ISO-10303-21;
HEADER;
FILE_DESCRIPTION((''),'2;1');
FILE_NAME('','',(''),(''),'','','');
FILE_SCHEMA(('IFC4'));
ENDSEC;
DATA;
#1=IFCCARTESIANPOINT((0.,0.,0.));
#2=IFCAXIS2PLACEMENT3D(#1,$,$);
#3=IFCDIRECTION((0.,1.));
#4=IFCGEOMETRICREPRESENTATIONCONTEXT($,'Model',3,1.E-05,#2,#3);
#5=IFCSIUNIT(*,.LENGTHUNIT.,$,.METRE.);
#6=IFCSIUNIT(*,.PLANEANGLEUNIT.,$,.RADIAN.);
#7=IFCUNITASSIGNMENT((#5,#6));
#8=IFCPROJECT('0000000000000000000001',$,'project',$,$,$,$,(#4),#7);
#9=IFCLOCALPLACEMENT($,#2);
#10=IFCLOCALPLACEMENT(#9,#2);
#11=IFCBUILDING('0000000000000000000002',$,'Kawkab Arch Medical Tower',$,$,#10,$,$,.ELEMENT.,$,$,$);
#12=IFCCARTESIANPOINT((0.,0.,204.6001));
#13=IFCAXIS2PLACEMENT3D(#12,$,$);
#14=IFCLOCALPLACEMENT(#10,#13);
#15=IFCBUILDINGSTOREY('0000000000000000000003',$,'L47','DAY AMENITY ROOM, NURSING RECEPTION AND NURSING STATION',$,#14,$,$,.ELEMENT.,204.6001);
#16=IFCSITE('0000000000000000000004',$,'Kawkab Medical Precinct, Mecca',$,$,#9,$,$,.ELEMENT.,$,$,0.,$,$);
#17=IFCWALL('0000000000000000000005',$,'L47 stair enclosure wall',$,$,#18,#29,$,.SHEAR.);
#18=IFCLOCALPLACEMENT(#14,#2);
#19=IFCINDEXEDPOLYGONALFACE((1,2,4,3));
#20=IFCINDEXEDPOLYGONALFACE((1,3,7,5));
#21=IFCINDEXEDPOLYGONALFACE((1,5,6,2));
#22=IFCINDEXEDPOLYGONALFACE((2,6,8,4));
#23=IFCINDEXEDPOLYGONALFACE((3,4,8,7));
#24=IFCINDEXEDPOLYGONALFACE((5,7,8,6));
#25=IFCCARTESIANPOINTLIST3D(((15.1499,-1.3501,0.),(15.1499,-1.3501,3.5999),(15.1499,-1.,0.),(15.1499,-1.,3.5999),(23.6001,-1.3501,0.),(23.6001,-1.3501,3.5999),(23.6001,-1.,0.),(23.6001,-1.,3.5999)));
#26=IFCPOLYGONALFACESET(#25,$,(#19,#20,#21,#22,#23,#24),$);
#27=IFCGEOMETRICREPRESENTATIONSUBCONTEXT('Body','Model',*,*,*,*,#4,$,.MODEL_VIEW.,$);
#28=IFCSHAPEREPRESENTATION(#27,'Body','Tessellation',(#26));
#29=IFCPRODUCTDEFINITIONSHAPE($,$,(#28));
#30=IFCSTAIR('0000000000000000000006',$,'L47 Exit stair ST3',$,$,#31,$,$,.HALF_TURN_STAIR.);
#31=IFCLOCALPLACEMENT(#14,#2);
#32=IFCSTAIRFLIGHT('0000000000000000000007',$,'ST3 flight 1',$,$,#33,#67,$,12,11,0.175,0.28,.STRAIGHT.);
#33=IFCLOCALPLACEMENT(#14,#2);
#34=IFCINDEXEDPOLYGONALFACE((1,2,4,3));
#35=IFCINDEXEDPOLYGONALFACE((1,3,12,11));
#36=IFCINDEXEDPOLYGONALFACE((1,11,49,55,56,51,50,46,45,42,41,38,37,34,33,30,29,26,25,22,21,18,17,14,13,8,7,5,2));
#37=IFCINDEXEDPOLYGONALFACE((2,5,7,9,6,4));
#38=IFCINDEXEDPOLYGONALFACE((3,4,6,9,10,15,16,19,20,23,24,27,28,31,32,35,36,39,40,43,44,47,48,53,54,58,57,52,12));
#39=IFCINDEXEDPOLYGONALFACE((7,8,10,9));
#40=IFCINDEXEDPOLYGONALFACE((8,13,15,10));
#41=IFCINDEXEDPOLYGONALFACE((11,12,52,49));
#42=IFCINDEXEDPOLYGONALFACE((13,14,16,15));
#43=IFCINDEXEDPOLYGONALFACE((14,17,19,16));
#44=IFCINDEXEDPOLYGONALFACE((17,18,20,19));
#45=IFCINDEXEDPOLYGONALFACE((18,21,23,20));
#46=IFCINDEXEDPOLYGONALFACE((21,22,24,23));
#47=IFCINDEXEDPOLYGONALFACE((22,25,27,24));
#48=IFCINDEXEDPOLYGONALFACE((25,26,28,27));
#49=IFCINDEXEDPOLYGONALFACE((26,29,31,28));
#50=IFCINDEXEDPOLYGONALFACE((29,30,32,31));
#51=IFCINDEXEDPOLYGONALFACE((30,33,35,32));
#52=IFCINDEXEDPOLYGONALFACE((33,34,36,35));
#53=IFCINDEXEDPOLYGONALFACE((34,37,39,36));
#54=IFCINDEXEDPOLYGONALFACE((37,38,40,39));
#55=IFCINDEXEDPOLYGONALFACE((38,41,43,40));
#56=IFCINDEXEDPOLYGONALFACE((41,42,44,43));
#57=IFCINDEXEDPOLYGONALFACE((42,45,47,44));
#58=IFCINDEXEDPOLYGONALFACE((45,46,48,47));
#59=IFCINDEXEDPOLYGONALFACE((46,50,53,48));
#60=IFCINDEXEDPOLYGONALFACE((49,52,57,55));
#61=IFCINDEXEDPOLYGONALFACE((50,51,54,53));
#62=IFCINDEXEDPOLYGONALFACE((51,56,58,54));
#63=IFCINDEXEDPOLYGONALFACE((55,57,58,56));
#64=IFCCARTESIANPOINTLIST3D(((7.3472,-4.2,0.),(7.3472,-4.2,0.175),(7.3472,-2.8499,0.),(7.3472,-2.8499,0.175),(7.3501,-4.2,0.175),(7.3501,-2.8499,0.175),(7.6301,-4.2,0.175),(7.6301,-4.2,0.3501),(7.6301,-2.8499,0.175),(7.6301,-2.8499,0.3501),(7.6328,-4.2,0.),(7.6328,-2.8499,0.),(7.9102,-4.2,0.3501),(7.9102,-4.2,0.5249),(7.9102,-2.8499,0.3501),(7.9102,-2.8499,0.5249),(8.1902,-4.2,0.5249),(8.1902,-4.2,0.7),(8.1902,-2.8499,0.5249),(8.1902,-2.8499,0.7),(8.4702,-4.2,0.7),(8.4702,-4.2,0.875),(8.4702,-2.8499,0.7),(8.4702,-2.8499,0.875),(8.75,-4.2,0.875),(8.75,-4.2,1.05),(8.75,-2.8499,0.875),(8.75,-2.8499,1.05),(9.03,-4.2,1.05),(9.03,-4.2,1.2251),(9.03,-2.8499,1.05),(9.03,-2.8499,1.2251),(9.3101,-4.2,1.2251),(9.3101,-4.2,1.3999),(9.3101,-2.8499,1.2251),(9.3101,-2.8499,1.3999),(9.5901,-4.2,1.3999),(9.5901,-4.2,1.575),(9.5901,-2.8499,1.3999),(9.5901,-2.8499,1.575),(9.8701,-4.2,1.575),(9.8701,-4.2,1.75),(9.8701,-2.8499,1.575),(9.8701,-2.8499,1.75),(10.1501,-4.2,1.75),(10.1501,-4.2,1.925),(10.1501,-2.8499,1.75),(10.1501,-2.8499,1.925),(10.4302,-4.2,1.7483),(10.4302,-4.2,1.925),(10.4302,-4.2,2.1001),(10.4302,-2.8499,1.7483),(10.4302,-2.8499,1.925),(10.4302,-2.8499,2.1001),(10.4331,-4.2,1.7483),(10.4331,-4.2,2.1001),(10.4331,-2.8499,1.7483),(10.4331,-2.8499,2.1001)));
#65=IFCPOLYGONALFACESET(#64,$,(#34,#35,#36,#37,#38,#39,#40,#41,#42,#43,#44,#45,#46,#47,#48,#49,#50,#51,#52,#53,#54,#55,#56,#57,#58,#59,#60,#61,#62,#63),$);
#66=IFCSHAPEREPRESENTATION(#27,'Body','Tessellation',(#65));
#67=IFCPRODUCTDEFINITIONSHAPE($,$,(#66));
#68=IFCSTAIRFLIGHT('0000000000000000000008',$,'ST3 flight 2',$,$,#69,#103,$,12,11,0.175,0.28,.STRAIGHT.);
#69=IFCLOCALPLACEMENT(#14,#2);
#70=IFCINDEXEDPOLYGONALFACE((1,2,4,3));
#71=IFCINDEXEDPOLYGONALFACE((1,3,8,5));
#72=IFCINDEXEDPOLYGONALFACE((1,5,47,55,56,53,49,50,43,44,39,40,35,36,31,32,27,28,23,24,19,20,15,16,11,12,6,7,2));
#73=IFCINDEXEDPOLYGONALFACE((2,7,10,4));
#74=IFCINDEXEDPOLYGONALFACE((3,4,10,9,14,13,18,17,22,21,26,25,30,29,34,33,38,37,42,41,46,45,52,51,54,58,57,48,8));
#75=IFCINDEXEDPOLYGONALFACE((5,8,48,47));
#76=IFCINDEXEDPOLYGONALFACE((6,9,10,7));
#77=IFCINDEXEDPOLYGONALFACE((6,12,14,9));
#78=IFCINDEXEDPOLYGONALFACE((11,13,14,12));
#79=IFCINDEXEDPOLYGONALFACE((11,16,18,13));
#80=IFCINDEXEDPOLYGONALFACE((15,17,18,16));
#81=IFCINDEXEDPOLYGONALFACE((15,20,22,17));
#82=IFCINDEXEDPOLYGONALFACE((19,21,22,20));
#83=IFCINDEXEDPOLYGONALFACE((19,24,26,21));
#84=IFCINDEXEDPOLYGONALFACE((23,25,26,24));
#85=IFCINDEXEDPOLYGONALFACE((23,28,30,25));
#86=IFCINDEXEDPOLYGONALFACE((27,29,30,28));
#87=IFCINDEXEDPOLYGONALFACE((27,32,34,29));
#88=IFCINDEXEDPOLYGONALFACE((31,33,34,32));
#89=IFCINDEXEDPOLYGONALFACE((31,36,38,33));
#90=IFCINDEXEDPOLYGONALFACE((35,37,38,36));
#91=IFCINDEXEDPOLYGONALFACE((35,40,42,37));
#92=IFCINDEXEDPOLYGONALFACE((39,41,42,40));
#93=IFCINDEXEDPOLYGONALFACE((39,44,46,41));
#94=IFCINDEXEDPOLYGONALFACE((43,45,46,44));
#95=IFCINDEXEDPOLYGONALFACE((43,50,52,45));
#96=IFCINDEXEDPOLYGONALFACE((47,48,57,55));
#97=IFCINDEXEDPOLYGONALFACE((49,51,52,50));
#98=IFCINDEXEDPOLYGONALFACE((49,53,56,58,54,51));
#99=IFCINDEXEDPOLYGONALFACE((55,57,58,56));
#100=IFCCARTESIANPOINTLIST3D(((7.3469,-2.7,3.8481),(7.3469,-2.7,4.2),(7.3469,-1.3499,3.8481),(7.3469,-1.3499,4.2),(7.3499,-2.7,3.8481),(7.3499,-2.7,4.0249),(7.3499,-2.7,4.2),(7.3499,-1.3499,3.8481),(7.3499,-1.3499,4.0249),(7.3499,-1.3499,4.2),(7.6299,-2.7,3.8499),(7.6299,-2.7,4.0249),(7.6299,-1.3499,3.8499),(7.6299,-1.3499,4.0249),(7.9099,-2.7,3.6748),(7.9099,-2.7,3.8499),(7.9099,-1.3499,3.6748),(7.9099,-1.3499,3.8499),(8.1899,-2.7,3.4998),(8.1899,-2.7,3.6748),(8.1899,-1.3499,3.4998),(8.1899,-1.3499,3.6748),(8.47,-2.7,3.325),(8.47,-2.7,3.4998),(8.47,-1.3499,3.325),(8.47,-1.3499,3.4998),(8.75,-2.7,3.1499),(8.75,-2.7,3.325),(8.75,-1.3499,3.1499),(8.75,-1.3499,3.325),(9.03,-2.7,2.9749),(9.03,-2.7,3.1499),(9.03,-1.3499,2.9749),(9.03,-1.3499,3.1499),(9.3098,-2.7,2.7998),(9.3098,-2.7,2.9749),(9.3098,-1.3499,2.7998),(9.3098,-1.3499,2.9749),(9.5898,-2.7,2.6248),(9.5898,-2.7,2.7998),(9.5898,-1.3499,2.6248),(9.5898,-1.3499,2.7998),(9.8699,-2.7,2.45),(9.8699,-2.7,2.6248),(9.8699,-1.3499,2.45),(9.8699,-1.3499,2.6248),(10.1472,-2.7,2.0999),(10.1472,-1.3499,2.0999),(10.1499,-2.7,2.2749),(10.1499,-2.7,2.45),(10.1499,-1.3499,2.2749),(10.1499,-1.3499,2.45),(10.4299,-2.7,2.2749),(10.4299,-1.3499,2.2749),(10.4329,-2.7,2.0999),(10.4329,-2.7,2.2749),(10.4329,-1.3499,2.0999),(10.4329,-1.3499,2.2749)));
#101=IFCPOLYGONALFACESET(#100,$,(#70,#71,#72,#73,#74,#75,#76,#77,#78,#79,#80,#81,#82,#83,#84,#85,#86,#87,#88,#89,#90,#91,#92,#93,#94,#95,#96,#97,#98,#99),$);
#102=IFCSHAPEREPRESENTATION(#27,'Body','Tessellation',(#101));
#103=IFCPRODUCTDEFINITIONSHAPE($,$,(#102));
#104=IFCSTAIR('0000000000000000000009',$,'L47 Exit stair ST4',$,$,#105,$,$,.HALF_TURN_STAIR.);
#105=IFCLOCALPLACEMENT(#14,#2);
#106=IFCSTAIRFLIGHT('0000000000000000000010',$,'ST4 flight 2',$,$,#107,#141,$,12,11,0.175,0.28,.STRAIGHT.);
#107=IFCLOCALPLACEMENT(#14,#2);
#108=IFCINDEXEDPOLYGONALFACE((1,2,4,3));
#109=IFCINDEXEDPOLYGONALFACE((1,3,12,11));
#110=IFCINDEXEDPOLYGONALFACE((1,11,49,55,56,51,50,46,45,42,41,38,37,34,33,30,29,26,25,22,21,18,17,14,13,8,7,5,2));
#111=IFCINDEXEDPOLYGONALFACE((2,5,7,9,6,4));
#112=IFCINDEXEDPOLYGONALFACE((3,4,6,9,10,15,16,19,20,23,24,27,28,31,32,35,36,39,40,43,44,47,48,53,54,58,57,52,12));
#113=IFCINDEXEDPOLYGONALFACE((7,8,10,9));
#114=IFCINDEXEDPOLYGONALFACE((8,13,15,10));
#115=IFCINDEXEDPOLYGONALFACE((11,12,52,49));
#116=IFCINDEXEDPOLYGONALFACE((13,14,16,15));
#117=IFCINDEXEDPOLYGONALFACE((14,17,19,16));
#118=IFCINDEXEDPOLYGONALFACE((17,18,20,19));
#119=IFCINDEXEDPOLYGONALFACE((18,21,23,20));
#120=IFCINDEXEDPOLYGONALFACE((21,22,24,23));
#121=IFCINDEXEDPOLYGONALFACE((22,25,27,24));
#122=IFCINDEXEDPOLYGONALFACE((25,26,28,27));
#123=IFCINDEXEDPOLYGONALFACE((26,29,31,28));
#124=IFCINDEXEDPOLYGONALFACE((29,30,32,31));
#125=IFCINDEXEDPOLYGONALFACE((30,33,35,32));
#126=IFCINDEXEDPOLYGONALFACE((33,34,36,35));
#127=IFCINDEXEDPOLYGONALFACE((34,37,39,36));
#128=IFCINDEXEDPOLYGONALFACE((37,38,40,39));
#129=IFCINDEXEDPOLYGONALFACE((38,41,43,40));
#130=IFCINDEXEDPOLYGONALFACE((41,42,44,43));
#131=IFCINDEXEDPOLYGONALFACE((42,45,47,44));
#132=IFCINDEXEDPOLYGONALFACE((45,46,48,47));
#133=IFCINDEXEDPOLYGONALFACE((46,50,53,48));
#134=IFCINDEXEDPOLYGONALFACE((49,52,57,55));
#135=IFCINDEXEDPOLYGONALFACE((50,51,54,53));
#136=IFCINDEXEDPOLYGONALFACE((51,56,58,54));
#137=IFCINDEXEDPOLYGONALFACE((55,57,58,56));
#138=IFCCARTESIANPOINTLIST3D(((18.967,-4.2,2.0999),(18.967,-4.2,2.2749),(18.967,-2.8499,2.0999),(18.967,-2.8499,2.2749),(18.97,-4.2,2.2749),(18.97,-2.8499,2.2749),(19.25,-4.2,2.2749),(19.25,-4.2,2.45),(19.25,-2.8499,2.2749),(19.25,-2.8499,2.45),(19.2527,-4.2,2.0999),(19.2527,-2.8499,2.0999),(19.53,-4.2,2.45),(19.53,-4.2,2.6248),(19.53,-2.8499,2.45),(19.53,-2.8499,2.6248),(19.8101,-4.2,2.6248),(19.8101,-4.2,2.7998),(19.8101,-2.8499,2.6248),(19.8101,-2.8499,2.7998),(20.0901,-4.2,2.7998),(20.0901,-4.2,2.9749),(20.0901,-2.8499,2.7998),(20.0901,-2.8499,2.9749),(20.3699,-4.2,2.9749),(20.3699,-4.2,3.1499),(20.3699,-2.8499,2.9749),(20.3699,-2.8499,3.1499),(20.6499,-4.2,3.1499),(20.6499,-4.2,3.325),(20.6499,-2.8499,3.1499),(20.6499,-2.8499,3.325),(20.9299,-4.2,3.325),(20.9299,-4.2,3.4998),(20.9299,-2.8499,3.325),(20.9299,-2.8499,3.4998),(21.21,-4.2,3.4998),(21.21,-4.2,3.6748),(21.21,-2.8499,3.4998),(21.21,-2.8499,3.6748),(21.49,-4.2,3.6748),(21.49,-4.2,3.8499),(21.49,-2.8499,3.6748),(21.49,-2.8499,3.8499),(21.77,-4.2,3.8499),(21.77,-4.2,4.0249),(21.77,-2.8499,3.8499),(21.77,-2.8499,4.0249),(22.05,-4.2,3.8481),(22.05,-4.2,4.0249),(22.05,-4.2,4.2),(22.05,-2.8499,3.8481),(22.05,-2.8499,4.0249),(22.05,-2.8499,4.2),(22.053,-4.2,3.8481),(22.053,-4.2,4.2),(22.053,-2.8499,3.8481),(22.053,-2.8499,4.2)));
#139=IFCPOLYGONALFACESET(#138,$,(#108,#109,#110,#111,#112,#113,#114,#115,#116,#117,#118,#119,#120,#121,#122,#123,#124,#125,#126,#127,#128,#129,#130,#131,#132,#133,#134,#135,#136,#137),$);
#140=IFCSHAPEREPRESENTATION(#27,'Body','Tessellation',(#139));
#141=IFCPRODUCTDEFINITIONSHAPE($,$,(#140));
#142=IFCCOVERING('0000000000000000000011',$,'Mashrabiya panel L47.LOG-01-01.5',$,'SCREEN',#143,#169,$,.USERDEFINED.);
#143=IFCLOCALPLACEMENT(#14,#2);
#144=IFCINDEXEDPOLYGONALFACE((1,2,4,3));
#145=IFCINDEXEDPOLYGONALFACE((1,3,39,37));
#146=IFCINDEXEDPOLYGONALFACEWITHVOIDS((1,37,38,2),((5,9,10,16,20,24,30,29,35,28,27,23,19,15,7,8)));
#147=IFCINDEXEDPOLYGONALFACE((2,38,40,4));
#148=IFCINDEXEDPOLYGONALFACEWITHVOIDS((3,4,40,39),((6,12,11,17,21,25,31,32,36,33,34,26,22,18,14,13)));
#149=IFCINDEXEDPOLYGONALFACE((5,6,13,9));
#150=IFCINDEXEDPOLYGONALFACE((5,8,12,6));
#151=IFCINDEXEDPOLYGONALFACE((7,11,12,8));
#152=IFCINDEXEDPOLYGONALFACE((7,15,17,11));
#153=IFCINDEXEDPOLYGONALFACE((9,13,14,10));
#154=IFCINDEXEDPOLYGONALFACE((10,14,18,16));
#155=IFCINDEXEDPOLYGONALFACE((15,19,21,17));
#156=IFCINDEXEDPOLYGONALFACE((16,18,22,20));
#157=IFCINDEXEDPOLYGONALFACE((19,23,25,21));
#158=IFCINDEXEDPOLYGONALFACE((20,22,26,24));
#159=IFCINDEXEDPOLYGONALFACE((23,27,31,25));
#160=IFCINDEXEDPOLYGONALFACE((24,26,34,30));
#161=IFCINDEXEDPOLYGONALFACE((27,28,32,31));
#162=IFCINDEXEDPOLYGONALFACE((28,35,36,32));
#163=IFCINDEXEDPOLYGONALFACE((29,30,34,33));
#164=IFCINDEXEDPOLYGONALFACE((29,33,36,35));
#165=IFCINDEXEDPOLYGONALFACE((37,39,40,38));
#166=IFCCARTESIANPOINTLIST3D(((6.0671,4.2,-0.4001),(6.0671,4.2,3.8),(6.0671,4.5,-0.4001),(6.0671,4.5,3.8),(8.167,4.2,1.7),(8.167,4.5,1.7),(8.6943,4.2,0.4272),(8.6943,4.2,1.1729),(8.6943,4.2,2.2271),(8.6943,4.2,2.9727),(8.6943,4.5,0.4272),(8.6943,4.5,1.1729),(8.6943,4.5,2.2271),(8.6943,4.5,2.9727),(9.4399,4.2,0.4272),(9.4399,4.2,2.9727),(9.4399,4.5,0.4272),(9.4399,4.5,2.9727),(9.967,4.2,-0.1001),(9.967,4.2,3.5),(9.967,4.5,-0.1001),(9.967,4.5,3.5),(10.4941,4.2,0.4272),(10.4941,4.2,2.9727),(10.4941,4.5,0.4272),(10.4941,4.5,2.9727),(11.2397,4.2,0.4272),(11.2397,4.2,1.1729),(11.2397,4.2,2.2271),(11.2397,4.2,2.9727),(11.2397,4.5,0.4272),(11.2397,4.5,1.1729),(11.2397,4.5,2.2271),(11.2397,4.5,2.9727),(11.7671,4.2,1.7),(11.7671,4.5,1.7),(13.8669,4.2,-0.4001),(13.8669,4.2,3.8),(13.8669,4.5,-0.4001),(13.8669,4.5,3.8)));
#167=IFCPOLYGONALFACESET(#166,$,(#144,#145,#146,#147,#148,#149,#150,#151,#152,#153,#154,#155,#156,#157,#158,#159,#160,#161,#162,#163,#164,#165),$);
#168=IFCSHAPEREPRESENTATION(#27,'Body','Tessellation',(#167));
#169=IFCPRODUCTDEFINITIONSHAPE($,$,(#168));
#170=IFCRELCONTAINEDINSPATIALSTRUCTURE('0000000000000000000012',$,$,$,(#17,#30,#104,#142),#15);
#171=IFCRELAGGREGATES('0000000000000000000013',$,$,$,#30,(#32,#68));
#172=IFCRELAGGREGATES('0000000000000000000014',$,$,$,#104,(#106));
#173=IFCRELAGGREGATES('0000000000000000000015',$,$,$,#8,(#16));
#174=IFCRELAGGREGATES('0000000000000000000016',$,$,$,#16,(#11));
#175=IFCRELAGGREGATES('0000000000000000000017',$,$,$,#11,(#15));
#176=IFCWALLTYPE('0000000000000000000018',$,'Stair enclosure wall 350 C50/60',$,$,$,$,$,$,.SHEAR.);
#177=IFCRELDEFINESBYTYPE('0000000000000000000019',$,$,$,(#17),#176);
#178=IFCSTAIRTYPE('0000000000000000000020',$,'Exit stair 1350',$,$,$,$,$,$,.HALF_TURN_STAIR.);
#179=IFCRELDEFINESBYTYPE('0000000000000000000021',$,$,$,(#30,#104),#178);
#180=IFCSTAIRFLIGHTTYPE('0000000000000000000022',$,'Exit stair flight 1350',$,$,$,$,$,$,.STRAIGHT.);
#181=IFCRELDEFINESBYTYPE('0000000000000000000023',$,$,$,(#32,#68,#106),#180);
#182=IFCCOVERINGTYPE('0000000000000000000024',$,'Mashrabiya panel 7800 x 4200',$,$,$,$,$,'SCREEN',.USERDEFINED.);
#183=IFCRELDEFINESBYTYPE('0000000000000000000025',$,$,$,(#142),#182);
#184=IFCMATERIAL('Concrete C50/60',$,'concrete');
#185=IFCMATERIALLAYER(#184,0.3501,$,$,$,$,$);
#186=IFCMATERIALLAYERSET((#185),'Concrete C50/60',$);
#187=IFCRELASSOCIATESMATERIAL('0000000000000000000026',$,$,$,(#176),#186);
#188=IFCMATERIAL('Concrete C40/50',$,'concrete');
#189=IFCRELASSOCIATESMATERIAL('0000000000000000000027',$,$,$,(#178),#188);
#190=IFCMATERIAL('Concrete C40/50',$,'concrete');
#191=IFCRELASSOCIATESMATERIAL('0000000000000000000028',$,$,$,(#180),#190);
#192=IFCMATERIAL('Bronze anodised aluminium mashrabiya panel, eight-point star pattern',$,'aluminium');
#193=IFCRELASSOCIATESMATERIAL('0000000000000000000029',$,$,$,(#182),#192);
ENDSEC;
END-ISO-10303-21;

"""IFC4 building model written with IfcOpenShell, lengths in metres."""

from ifc_helpers import new_model, si_unit, direction, frame, frame_2d, origin, place, context, subcontext, project, spatial, polyline, rectangle, outline, extrude, material, layer, layer_set, material_profile, profile_set, type_object, element, aggregate, save


model = new_model("IFC4")

# Units and contexts
model_context = context("Model", 3, precision=1e-05, world=origin(), true_north=direction((0.0, 1.0)))
body_context = subcontext(model_context, "Body", "Model", "MODEL_VIEW")
ifc_project = project(units=[si_unit("LENGTHUNIT", "METRE"), si_unit("PLANEANGLEUNIT", "RADIAN")], contexts=[model_context])

# Site, building, storey
site_placement = place(None, origin())
site = spatial("IfcSite", under=ifc_project, at=site_placement, Name="Kawkab Medical Precinct, Mecca", CompositionType="ELEMENT", RefElevation=0.0)
building_placement = place(site_placement, origin())
building = spatial("IfcBuilding", under=site, at=building_placement, Name="Kawkab Arch Medical Tower", CompositionType="ELEMENT")
storey_placement = place(building_placement, frame((0.0, 0.0, 204.6001)))
storey = spatial("IfcBuildingStorey", under=building, at=storey_placement, Name="L47", Description="DAY AMENITY ROOM, NURSING RECEPTION AND NURSING STATION", CompositionType="ELEMENT", Elevation=204.6001)

# Shared definitions
placement = place(storey_placement, origin())

# Wall
ifc_material_1 = material(Name="Concrete C50/60", Category="concrete")
ifc_layer_1 = layer(ifc_material_1, 0.3501)
ifc_layer_set_1 = layer_set([ifc_layer_1], Name="Concrete C50/60")
wall_type_1 = type_object("IfcWallType", Name="Stair enclosure wall 350 C50/60", PredefinedType="SHEAR", material=ifc_layer_set_1)
wall_placement = place(storey_placement, frame((15.1499, -1.175, 0.0), z_axis=(0.0, 0.0, 1.0), x_axis=(1.0, 0.0, 0.0)))
element("IfcWall", 1, at=wall_placement, inside=storey, type_object=wall_type_1, Name="L47 stair enclosure wall", PredefinedType="SHEAR", context=body_context, shape_type="SweptSolid", body=[
    extrude(rectangle(XDim=8.4502, YDim=0.3501, at=frame_2d((4.2251, 0.0))), origin(), (0.0, 0.0, 1.0), 3.5999),
])

# Stair, stair flights
ifc_material_2 = material(Name="Concrete C40/50", Category="concrete")
stair_type = type_object("IfcStairType", Name="Exit stair 1350", PredefinedType="HALF_TURN_STAIR", material=ifc_material_2)
stair_1 = element("IfcStair", 2, at=placement, inside=storey, type_object=stair_type, Name="L47 Exit stair ST3", PredefinedType="HALF_TURN_STAIR")
ifc_material_3 = material(Name="Concrete C40/50", Category="concrete")
stair_flight_type = type_object("IfcStairFlightType", Name="Exit stair flight 1350", PredefinedType="STRAIGHT", material=ifc_material_3)
stair_flight_1_placement = place(storey_placement, frame((7.3501, -3.5249, 0.0), z_axis=(0.0, 0.0, 1.0), x_axis=(1.0, 0.0, 0.0)))
stair_flight_1 = element("IfcStairFlight", 3, at=stair_flight_1_placement, type_object=stair_flight_type, Name="ST3 flight 1", NumberOfRisers=12, NumberOfTreads=11, PredefinedType="STRAIGHT", RiserHeight=0.175, TreadLength=0.28, context=body_context, shape_type="SweptSolid", body=[
    extrude(outline(polyline([(-0.0029, 0.0), (-0.0029, 0.175), (0.0, 0.175), (0.28, 0.175), (0.28, 0.3501), (0.5601, 0.3501), (0.5601, 0.5249), (0.8401, 0.5249), (0.8401, 0.7), (1.1201, 0.7), (1.1201, 0.875), (1.3999, 0.875), (1.3999, 1.05), (1.6799, 1.05), (1.6799, 1.2251), (1.96, 1.2251), (1.96, 1.3999), (2.24, 1.3999), (2.24, 1.575), (2.52, 1.575), (2.52, 1.75), (2.8, 1.75), (2.8, 1.925), (3.0801, 1.925), (3.0801, 2.1001), (3.083, 2.1001), (3.083, 1.7483), (3.0801, 1.7483), (0.2827, 0.0), (-0.0029, 0.0)])), frame((0.0, 0.675, 0.0), z_axis=(0.0, -1.0, 0.0), x_axis=(1.0, 0.0, 0.0)), (0.0, 0.0, 1.0), 1.3501),
])
stair_flight_2_placement = place(storey_placement, frame((10.4299, -2.0249, 2.0999), z_axis=(0.0, 0.0, 1.0), x_axis=(-1.0, 0.0, 0.0)))
stair_flight_2 = element("IfcStairFlight", 4, at=stair_flight_2_placement, type_object=stair_flight_type, Name="ST3 flight 2", NumberOfRisers=12, NumberOfTreads=11, PredefinedType="STRAIGHT", RiserHeight=0.175, TreadLength=0.28, context=body_context, shape_type="SweptSolid", body=[
    extrude(outline(polyline([(-0.0029, 0.0), (-0.0029, 0.175), (0.0, 0.175), (0.28, 0.175), (0.28, 0.3501), (0.5601, 0.3501), (0.5601, 0.5249), (0.8401, 0.5249), (0.8401, 0.7), (1.1201, 0.7), (1.1201, 0.875), (1.3999, 0.875), (1.3999, 1.05), (1.6799, 1.05), (1.6799, 1.2251), (1.96, 1.2251), (1.96, 1.3999), (2.24, 1.3999), (2.24, 1.575), (2.52, 1.575), (2.52, 1.75), (2.8, 1.75), (2.8, 1.925), (3.0801, 1.925), (3.0801, 2.1001), (3.083, 2.1001), (3.083, 1.7483), (3.0801, 1.7483), (0.2827, 0.0), (-0.0029, 0.0)])), frame((0.0, 0.675, 0.0), z_axis=(0.0, -1.0, 0.0), x_axis=(1.0, 0.0, 0.0)), (0.0, 0.0, 1.0), 1.3501),
])
aggregate(stair_1, [stair_flight_1, stair_flight_2])

# Stair, stair flight
stair_2 = element("IfcStair", 5, at=placement, inside=storey, type_object=stair_type, Name="L47 Exit stair ST4", PredefinedType="HALF_TURN_STAIR")
stair_flight_3_placement = place(storey_placement, frame((18.97, -3.5249, 2.0999), z_axis=(0.0, 0.0, 1.0), x_axis=(1.0, 0.0, 0.0)))
stair_flight_3 = element("IfcStairFlight", 6, at=stair_flight_3_placement, type_object=stair_flight_type, Name="ST4 flight 2", NumberOfRisers=12, NumberOfTreads=11, PredefinedType="STRAIGHT", RiserHeight=0.175, TreadLength=0.28, context=body_context, shape_type="SweptSolid", body=[
    extrude(outline(polyline([(-0.0029, 0.0), (-0.0029, 0.175), (0.0, 0.175), (0.28, 0.175), (0.28, 0.3501), (0.5601, 0.3501), (0.5601, 0.5249), (0.8401, 0.5249), (0.8401, 0.7), (1.1201, 0.7), (1.1201, 0.875), (1.3999, 0.875), (1.3999, 1.05), (1.6799, 1.05), (1.6799, 1.2251), (1.96, 1.2251), (1.96, 1.3999), (2.24, 1.3999), (2.24, 1.575), (2.52, 1.575), (2.52, 1.75), (2.8, 1.75), (2.8, 1.925), (3.0801, 1.925), (3.0801, 2.1001), (3.083, 2.1001), (3.083, 1.7483), (3.0801, 1.7483), (0.2827, 0.0), (-0.0029, 0.0)])), frame((0.0, 0.675, 0.0), z_axis=(0.0, -1.0, 0.0), x_axis=(1.0, 0.0, 0.0)), (0.0, 0.0, 1.0), 1.3501),
])
aggregate(stair_2, [stair_flight_3])

# Covering
ifc_material_4 = material(Name="Bronze anodised aluminium mashrabiya panel, eight-point star pattern", Category="aluminium")
ifc_material_profile_1 = material_profile(ifc_material_4, outline(polyline([(-3.8999, -2.1001), (3.8999, -2.1001), (3.8999, 2.1001), (-3.8999, 2.1001), (-3.8999, -2.1001)]), holes=[polyline([(1.8, 0.0), (1.2727, 0.5271), (1.2727, 1.2727), (0.5271, 1.2727), (0.0, 1.8), (-0.5271, 1.2727), (-1.2727, 1.2727), (-1.2727, 0.5271), (-1.8, 0.0), (-1.2727, -0.5271), (-1.2727, -1.2727), (-0.5271, -1.2727), (0.0, -1.8), (0.5271, -1.2727), (1.2727, -1.2727), (1.2727, -0.5271), (1.8, 0.0)])]), Name="Mashrabiya panel 7800x4200")
ifc_profile_set_1 = profile_set([ifc_material_profile_1], Name="Bronze anodised aluminium mashrabiya panel, eight-point star pattern")
covering_type_1 = type_object("IfcCoveringType", Name="Mashrabiya panel 7800 x 4200", ElementType="SCREEN", PredefinedType="USERDEFINED", material=ifc_profile_set_1)
covering_1_placement = place(storey_placement, frame((9.967, 4.2, 1.7), z_axis=(0.0, 1.0, 0.0), x_axis=(-1.0, 0.0, 0.0)))
element("IfcCovering", 7, at=covering_1_placement, inside=storey, type_object=covering_type_1, Name="Mashrabiya panel L47.LOG-01-01.5", ObjectType="SCREEN", PredefinedType="USERDEFINED", context=body_context, shape_type="SweptSolid", body=[
    extrude(outline(polyline([(-3.8999, -2.1001), (3.8999, -2.1001), (3.8999, 2.1001), (-3.8999, 2.1001), (-3.8999, -2.1001)]), holes=[polyline([(1.8, 0.0), (1.2727, 0.5271), (1.2727, 1.2727), (0.5271, 1.2727), (0.0, 1.8), (-0.5271, 1.2727), (-1.2727, 1.2727), (-1.2727, 0.5271), (-1.8, 0.0), (-1.2727, -0.5271), (-1.2727, -1.2727), (-0.5271, -1.2727), (0.0, -1.8), (0.5271, -1.2727), (1.2727, -1.2727), (1.2727, -0.5271), (1.8, 0.0)])]), origin(), (0.0, 0.0, 1.0), 0.3),
])

save(model, "model.ifc")
